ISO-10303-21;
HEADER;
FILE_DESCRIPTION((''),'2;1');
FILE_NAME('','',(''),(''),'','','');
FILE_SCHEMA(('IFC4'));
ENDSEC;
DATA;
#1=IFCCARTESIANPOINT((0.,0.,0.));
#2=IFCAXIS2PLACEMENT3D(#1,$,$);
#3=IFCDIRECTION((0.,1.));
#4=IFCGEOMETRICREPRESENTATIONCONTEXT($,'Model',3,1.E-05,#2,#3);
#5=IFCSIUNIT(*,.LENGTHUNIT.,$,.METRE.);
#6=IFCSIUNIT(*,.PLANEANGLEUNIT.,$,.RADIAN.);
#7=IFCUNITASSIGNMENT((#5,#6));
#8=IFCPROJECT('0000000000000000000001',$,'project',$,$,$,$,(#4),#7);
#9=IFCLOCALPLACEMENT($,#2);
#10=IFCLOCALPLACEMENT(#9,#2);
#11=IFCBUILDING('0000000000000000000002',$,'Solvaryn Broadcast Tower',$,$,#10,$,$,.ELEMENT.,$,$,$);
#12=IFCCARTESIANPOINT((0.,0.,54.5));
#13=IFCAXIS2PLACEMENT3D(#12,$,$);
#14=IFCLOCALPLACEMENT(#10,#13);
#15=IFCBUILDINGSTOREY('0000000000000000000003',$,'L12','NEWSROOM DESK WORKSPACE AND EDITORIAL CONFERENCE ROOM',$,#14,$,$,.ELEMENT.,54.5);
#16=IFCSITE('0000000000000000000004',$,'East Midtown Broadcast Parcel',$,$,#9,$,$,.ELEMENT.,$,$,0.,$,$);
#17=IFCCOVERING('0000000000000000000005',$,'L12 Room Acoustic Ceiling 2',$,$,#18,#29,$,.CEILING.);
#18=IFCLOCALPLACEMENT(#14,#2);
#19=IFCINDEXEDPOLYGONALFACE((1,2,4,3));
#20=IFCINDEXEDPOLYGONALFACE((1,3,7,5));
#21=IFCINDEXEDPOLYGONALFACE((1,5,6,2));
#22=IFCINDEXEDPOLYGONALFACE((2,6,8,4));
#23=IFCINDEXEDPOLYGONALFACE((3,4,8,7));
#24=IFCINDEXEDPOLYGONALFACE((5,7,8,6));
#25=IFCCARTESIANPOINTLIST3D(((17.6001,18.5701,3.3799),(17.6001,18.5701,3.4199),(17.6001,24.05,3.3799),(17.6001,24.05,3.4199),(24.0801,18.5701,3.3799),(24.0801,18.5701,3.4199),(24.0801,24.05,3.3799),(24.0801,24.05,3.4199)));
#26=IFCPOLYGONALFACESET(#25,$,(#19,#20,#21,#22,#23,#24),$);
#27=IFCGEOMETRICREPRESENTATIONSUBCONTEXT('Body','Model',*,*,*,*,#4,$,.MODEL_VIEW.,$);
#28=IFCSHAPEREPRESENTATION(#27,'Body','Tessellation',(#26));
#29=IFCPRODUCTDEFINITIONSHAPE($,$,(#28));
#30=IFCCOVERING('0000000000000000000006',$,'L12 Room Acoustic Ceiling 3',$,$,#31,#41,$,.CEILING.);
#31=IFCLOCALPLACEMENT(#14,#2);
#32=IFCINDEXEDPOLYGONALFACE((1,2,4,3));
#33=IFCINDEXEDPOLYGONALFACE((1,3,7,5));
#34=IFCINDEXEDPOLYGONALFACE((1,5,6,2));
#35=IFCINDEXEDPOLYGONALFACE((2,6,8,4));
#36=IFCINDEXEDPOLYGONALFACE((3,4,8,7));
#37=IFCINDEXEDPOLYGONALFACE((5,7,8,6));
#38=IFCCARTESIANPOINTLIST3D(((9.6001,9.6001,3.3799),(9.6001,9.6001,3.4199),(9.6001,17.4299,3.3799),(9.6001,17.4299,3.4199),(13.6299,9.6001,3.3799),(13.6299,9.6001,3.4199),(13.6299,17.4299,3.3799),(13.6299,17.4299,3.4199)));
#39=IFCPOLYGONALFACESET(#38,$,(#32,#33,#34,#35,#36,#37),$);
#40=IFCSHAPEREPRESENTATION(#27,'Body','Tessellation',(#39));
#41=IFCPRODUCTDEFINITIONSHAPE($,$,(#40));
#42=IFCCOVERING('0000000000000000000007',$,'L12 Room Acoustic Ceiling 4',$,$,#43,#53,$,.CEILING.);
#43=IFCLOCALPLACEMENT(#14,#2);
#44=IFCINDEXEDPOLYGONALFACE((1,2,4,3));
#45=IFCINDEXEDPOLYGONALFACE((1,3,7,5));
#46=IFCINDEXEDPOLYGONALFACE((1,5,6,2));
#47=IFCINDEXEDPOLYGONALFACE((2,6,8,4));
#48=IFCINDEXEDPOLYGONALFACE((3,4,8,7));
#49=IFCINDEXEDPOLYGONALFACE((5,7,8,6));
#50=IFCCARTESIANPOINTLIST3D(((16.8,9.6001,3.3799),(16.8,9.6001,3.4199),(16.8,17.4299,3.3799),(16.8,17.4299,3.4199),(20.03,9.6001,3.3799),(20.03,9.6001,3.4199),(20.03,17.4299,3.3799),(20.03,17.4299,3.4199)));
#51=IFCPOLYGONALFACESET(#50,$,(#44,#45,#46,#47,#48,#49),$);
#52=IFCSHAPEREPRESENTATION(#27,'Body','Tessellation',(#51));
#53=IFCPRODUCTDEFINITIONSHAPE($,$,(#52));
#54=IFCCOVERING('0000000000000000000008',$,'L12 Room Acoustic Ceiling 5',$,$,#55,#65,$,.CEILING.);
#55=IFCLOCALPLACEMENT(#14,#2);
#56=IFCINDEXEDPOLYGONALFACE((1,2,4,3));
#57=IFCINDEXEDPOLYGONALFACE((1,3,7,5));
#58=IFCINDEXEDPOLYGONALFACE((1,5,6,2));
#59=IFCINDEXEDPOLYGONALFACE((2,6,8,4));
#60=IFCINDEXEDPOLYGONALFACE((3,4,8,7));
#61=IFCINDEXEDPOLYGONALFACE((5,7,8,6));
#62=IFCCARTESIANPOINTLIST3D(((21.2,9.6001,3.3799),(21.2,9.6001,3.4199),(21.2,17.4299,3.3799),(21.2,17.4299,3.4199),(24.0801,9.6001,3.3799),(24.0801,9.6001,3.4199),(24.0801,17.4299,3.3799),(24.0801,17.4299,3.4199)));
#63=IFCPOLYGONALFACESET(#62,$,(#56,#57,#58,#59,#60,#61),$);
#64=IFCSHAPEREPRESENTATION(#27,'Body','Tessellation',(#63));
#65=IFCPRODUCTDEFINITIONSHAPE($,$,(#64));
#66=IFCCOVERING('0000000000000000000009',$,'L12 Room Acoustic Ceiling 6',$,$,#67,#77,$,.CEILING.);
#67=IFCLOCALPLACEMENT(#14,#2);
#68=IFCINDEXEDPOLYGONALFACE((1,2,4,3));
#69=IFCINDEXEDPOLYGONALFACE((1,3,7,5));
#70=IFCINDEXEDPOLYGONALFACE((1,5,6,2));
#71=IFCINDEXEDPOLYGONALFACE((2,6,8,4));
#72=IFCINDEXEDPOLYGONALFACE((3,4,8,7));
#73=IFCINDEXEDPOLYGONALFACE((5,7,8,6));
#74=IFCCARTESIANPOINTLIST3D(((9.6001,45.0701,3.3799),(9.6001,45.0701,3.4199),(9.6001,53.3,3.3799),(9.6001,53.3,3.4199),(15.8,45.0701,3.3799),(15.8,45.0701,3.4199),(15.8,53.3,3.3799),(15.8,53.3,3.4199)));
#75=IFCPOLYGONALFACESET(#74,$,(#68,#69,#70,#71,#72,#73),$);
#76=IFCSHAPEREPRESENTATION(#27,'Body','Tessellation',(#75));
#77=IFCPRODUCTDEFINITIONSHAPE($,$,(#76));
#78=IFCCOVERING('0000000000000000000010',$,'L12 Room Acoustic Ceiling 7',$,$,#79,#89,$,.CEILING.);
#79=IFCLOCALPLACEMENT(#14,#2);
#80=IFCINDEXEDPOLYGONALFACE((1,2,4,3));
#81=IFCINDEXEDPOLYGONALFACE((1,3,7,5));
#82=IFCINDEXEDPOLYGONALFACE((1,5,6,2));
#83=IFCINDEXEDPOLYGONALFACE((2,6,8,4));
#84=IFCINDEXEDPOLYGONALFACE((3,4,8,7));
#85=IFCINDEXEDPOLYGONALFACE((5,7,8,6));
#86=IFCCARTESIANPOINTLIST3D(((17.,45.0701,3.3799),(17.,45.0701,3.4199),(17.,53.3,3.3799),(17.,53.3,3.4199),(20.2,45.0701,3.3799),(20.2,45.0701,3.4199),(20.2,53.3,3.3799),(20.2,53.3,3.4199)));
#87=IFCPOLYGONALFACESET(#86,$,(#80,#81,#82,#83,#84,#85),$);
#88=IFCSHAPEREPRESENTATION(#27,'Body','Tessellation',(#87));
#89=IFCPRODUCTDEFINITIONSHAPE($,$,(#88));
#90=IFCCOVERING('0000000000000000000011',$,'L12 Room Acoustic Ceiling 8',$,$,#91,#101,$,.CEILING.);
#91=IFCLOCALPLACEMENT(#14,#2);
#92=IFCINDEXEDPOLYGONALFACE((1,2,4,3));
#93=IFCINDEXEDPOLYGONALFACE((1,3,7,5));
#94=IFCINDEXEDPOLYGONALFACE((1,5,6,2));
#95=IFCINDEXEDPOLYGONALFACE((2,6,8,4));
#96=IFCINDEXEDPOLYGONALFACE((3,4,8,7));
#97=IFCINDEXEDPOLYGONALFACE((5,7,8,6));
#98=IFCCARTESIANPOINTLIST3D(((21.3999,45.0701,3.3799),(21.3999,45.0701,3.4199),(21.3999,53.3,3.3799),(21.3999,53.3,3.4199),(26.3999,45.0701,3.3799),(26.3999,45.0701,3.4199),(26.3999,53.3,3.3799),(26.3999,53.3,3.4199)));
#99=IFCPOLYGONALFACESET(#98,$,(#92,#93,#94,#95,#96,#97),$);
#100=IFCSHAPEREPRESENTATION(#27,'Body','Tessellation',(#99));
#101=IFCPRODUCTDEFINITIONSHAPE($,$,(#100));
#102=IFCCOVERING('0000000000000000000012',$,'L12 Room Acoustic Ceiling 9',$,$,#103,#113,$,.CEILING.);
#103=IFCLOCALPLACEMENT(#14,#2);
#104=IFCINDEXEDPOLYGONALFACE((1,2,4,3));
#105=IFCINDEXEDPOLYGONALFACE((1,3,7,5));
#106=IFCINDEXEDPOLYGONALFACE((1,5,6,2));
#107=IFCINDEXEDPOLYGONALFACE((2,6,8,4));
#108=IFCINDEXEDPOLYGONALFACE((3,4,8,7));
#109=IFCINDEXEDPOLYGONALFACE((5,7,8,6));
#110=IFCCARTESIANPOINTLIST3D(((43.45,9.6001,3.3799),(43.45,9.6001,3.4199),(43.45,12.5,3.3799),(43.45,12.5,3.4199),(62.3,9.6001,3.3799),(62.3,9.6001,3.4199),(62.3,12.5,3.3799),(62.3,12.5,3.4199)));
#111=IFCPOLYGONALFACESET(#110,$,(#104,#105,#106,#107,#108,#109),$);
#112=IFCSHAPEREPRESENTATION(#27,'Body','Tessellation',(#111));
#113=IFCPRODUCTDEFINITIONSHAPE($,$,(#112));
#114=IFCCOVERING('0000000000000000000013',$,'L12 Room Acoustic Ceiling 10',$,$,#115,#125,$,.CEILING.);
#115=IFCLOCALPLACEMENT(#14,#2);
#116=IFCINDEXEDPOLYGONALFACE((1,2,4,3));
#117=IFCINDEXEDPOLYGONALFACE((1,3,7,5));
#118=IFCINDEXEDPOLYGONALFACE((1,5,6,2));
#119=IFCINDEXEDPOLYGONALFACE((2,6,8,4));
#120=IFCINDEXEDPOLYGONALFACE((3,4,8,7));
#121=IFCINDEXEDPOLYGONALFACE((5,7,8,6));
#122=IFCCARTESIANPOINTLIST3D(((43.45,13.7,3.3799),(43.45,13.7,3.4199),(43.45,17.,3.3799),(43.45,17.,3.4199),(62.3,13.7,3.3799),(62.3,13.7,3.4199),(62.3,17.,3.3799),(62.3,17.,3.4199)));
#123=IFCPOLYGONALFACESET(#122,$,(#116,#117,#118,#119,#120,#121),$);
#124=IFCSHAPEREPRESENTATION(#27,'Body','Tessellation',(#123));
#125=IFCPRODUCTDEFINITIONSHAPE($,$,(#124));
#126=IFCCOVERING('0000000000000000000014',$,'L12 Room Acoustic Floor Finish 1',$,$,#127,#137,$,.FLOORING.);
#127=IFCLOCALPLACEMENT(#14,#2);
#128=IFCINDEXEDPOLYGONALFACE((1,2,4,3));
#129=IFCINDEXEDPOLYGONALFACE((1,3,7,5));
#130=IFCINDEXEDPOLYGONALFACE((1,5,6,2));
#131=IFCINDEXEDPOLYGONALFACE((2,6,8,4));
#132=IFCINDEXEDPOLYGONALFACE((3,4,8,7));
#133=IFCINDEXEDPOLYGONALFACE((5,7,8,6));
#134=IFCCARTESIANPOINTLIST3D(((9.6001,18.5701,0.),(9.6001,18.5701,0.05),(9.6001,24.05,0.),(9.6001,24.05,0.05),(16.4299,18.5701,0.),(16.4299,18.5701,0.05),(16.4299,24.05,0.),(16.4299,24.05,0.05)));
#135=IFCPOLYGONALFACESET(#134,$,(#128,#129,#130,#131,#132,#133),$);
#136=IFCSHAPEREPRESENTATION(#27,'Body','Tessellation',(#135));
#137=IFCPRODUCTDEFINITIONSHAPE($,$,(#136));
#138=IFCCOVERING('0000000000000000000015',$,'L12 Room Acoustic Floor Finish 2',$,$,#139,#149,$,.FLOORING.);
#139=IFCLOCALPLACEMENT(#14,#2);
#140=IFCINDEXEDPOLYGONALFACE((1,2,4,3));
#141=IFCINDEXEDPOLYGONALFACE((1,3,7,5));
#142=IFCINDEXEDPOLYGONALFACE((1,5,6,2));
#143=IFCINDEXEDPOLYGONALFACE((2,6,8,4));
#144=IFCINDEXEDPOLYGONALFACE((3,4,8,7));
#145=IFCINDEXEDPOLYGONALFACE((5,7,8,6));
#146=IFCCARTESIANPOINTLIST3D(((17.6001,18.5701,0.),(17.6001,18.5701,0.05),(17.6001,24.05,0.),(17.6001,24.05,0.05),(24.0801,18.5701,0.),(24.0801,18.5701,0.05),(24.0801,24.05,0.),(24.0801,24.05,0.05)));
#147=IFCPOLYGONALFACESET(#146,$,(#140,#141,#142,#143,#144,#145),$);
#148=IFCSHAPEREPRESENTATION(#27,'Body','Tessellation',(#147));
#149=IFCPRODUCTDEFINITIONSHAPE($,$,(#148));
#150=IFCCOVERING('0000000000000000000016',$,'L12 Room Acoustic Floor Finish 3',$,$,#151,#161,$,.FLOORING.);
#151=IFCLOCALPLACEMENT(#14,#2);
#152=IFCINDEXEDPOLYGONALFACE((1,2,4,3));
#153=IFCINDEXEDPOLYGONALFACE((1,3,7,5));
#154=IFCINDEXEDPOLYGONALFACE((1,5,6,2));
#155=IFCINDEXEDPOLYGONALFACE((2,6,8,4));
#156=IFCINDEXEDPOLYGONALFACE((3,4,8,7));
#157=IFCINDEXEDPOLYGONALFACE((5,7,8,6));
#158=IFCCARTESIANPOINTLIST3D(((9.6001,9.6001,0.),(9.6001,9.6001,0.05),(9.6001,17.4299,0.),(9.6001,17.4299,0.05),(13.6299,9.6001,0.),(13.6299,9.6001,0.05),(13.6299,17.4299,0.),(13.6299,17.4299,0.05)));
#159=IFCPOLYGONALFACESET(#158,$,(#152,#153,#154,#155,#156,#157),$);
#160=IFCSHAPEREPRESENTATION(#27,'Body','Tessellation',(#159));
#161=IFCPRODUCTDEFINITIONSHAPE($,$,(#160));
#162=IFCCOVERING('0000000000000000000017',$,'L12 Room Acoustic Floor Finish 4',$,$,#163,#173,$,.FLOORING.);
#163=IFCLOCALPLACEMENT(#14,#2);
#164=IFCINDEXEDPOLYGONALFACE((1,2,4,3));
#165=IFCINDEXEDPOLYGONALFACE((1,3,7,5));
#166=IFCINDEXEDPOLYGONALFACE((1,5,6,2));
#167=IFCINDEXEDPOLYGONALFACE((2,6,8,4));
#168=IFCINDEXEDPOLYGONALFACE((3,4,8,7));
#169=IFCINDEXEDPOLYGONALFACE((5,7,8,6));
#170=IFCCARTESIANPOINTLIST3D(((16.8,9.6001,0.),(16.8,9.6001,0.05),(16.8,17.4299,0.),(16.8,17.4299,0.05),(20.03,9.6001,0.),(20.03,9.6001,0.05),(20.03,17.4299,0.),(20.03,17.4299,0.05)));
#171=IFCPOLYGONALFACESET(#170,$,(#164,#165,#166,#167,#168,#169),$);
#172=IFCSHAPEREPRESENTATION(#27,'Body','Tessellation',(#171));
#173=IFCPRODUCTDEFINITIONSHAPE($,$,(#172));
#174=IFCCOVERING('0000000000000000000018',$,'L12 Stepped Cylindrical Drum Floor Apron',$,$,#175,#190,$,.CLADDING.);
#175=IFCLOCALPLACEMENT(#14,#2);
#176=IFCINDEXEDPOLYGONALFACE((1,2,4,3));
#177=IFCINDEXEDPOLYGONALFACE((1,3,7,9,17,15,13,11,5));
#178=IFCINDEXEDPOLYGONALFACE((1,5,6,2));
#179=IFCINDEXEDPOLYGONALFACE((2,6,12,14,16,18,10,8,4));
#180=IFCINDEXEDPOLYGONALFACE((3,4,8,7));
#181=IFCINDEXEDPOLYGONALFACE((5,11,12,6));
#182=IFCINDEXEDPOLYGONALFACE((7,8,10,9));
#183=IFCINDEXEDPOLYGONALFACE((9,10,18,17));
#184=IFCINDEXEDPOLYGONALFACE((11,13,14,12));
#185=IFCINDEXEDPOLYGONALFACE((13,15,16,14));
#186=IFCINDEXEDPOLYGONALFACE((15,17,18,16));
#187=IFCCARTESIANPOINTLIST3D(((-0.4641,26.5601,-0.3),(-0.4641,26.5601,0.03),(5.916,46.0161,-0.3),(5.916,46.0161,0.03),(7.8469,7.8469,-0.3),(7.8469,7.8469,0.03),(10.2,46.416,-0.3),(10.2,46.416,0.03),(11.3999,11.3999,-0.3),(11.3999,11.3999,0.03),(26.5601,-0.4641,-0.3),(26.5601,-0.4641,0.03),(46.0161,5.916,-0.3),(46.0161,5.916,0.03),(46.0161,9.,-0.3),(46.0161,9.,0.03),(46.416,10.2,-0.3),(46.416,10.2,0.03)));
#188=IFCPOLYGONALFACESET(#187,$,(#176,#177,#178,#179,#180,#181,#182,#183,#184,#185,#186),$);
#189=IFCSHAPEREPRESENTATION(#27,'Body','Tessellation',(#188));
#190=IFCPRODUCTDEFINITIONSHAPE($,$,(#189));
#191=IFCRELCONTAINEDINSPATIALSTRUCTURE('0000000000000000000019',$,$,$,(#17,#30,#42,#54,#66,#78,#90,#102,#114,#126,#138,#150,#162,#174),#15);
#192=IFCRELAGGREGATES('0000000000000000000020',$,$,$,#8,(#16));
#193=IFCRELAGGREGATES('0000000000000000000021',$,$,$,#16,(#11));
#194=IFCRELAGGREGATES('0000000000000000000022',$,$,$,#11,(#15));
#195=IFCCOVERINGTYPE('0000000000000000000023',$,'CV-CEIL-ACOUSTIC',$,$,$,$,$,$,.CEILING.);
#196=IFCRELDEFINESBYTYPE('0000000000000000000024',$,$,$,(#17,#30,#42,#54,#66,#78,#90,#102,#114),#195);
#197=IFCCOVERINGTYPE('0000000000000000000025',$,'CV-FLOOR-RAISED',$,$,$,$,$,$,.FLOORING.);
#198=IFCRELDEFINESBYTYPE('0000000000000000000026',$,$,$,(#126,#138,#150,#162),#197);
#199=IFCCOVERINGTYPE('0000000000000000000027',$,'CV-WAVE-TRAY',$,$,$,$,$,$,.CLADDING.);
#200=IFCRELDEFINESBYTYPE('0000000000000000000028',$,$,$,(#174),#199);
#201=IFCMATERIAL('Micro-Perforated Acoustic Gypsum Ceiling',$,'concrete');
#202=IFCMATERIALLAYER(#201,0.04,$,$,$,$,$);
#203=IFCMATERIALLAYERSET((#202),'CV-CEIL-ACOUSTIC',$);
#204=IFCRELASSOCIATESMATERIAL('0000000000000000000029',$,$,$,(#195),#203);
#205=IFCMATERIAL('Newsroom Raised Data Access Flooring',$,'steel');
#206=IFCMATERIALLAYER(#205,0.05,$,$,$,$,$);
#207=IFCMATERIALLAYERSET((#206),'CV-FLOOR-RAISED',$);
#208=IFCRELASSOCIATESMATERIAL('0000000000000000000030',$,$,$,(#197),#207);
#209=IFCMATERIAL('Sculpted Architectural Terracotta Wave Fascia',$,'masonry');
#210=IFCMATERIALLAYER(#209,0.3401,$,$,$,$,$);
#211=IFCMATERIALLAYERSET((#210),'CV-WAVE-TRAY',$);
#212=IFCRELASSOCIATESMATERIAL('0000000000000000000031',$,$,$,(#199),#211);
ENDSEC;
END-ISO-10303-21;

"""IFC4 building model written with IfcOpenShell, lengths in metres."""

from ifc_helpers import new_model, si_unit, direction, frame, origin, place, context, subcontext, project, spatial, polyline, outline, extrude, material, layer, layer_set, type_object, element, save


model = new_model("IFC4")

# Units and contexts
model_context = context("Model", 3, precision=1e-05, world=origin(), true_north=direction((0.0, 1.0)))
body_context = subcontext(model_context, "Body", "Model", "MODEL_VIEW")
ifc_project = project(units=[si_unit("LENGTHUNIT", "METRE"), si_unit("PLANEANGLEUNIT", "RADIAN")], contexts=[model_context])

# Site, building, storey
site_placement = place(None, origin())
site = spatial("IfcSite", under=ifc_project, at=site_placement, Name="East Midtown Broadcast Parcel", CompositionType="ELEMENT", RefElevation=0.0)
building_placement = place(site_placement, origin())
building = spatial("IfcBuilding", under=site, at=building_placement, Name="Solvaryn Broadcast Tower", CompositionType="ELEMENT")
storey_placement = place(building_placement, frame((0.0, 0.0, 54.5)))
storey = spatial("IfcBuildingStorey", under=building, at=storey_placement, Name="L12", Description="NEWSROOM DESK WORKSPACE AND EDITORIAL CONFERENCE ROOM", CompositionType="ELEMENT", Elevation=54.5)

# Coverings
ifc_material_1 = material(Name="Micro-Perforated Acoustic Gypsum Ceiling", Category="concrete")
ifc_layer_1 = layer(ifc_material_1, 0.04)
ifc_layer_set_1 = layer_set([ifc_layer_1], Name="CV-CEIL-ACOUSTIC")
covering_type_1 = type_object("IfcCoveringType", Name="CV-CEIL-ACOUSTIC", PredefinedType="CEILING", material=ifc_layer_set_1)
covering_1_placement = place(storey_placement, frame((0.0, 0.0, 3.3799)))
element("IfcCovering", 1, at=covering_1_placement, inside=storey, type_object=covering_type_1, Name="L12 Room Acoustic Ceiling 2", PredefinedType="CEILING", context=body_context, shape_type="SweptSolid", body=[
    extrude(outline(polyline([(17.6001, 18.5701), (24.0801, 18.5701), (24.0801, 24.05), (17.6001, 24.05), (17.6001, 18.5701)])), origin(), (0.0, 0.0, 1.0), 0.04),
])
covering_2_placement = place(storey_placement, frame((0.0, 0.0, 3.3799)))
element("IfcCovering", 2, at=covering_2_placement, inside=storey, type_object=covering_type_1, Name="L12 Room Acoustic Ceiling 3", PredefinedType="CEILING", context=body_context, shape_type="SweptSolid", body=[
    extrude(outline(polyline([(9.6001, 9.6001), (13.6299, 9.6001), (13.6299, 17.4299), (9.6001, 17.4299), (9.6001, 9.6001)])), origin(), (0.0, 0.0, 1.0), 0.04),
])
covering_3_placement = place(storey_placement, frame((0.0, 0.0, 3.3799)))
element("IfcCovering", 3, at=covering_3_placement, inside=storey, type_object=covering_type_1, Name="L12 Room Acoustic Ceiling 4", PredefinedType="CEILING", context=body_context, shape_type="SweptSolid", body=[
    extrude(outline(polyline([(16.8, 9.6001), (20.03, 9.6001), (20.03, 17.4299), (16.8, 17.4299), (16.8, 9.6001)])), origin(), (0.0, 0.0, 1.0), 0.04),
])
covering_4_placement = place(storey_placement, frame((0.0, 0.0, 3.3799)))
element("IfcCovering", 4, at=covering_4_placement, inside=storey, type_object=covering_type_1, Name="L12 Room Acoustic Ceiling 5", PredefinedType="CEILING", context=body_context, shape_type="SweptSolid", body=[
    extrude(outline(polyline([(21.2, 9.6001), (24.0801, 9.6001), (24.0801, 17.4299), (21.2, 17.4299), (21.2, 9.6001)])), origin(), (0.0, 0.0, 1.0), 0.04),
])
covering_5_placement = place(storey_placement, frame((0.0, 0.0, 3.3799)))
element("IfcCovering", 5, at=covering_5_placement, inside=storey, type_object=covering_type_1, Name="L12 Room Acoustic Ceiling 6", PredefinedType="CEILING", context=body_context, shape_type="SweptSolid", body=[
    extrude(outline(polyline([(9.6001, 45.0701), (15.8, 45.0701), (15.8, 53.3), (9.6001, 53.3), (9.6001, 45.0701)])), origin(), (0.0, 0.0, 1.0), 0.04),
])
covering_6_placement = place(storey_placement, frame((0.0, 0.0, 3.3799)))
element("IfcCovering", 6, at=covering_6_placement, inside=storey, type_object=covering_type_1, Name="L12 Room Acoustic Ceiling 7", PredefinedType="CEILING", context=body_context, shape_type="SweptSolid", body=[
    extrude(outline(polyline([(17.0, 45.0701), (20.2, 45.0701), (20.2, 53.3), (17.0, 53.3), (17.0, 45.0701)])), origin(), (0.0, 0.0, 1.0), 0.04),
])
covering_7_placement = place(storey_placement, frame((0.0, 0.0, 3.3799)))
element("IfcCovering", 7, at=covering_7_placement, inside=storey, type_object=covering_type_1, Name="L12 Room Acoustic Ceiling 8", PredefinedType="CEILING", context=body_context, shape_type="SweptSolid", body=[
    extrude(outline(polyline([(21.3999, 45.0701), (26.3999, 45.0701), (26.3999, 53.3), (21.3999, 53.3), (21.3999, 45.0701)])), origin(), (0.0, 0.0, 1.0), 0.04),
])
covering_8_placement = place(storey_placement, frame((0.0, 0.0, 3.3799)))
element("IfcCovering", 8, at=covering_8_placement, inside=storey, type_object=covering_type_1, Name="L12 Room Acoustic Ceiling 9", PredefinedType="CEILING", context=body_context, shape_type="SweptSolid", body=[
    extrude(outline(polyline([(43.45, 9.6001), (62.3, 9.6001), (62.3, 12.5), (43.45, 12.5), (43.45, 9.6001)])), origin(), (0.0, 0.0, 1.0), 0.04),
])
covering_9_placement = place(storey_placement, frame((0.0, 0.0, 3.3799)))
element("IfcCovering", 9, at=covering_9_placement, inside=storey, type_object=covering_type_1, Name="L12 Room Acoustic Ceiling 10", PredefinedType="CEILING", context=body_context, shape_type="SweptSolid", body=[
    extrude(outline(polyline([(43.45, 13.7), (62.3, 13.7), (62.3, 17.0), (43.45, 17.0), (43.45, 13.7)])), origin(), (0.0, 0.0, 1.0), 0.04),
])
ifc_material_2 = material(Name="Newsroom Raised Data Access Flooring", Category="steel")
ifc_layer_2 = layer(ifc_material_2, 0.05)
ifc_layer_set_2 = layer_set([ifc_layer_2], Name="CV-FLOOR-RAISED")
covering_type_2 = type_object("IfcCoveringType", Name="CV-FLOOR-RAISED", PredefinedType="FLOORING", material=ifc_layer_set_2)
covering_10_placement = place(storey_placement, origin())
element("IfcCovering", 10, at=covering_10_placement, inside=storey, type_object=covering_type_2, Name="L12 Room Acoustic Floor Finish 1", PredefinedType="FLOORING", context=body_context, shape_type="SweptSolid", body=[
    extrude(outline(polyline([(9.6001, 18.5701), (16.4299, 18.5701), (16.4299, 24.05), (9.6001, 24.05), (9.6001, 18.5701)])), origin(), (0.0, 0.0, 1.0), 0.05),
])
covering_11_placement = place(storey_placement, origin())
element("IfcCovering", 11, at=covering_11_placement, inside=storey, type_object=covering_type_2, Name="L12 Room Acoustic Floor Finish 2", PredefinedType="FLOORING", context=body_context, shape_type="SweptSolid", body=[
    extrude(outline(polyline([(17.6001, 18.5701), (24.0801, 18.5701), (24.0801, 24.05), (17.6001, 24.05), (17.6001, 18.5701)])), origin(), (0.0, 0.0, 1.0), 0.05),
])
covering_12_placement = place(storey_placement, origin())
element("IfcCovering", 12, at=covering_12_placement, inside=storey, type_object=covering_type_2, Name="L12 Room Acoustic Floor Finish 3", PredefinedType="FLOORING", context=body_context, shape_type="SweptSolid", body=[
    extrude(outline(polyline([(9.6001, 9.6001), (13.6299, 9.6001), (13.6299, 17.4299), (9.6001, 17.4299), (9.6001, 9.6001)])), origin(), (0.0, 0.0, 1.0), 0.05),
])
covering_13_placement = place(storey_placement, origin())
element("IfcCovering", 13, at=covering_13_placement, inside=storey, type_object=covering_type_2, Name="L12 Room Acoustic Floor Finish 4", PredefinedType="FLOORING", context=body_context, shape_type="SweptSolid", body=[
    extrude(outline(polyline([(16.8, 9.6001), (20.03, 9.6001), (20.03, 17.4299), (16.8, 17.4299), (16.8, 9.6001)])), origin(), (0.0, 0.0, 1.0), 0.05),
])
ifc_material_3 = material(Name="Sculpted Architectural Terracotta Wave Fascia", Category="masonry")
ifc_layer_3 = layer(ifc_material_3, 0.3401)
ifc_layer_set_3 = layer_set([ifc_layer_3], Name="CV-WAVE-TRAY")
covering_type_3 = type_object("IfcCoveringType", Name="CV-WAVE-TRAY", PredefinedType="CLADDING", material=ifc_layer_set_3)
covering_14_placement = place(storey_placement, frame((0.0, 0.0, -0.3)))
element("IfcCovering", 14, at=covering_14_placement, inside=storey, type_object=covering_type_3, Name="L12 Stepped Cylindrical Drum Floor Apron", PredefinedType="CLADDING", context=body_context, shape_type="SweptSolid", body=[
    extrude(outline(polyline([(10.2, 46.416), (5.916, 46.0161), (-0.4641, 26.5601), (7.8469, 7.8469), (26.5601, -0.4641), (46.0161, 5.916), (46.0161, 9.0), (46.416, 10.2), (11.3999, 11.3999), (10.2, 46.416)])), origin(), (0.0, 0.0, 1.0), 0.3301),
])

save(model, "model.ifc")
